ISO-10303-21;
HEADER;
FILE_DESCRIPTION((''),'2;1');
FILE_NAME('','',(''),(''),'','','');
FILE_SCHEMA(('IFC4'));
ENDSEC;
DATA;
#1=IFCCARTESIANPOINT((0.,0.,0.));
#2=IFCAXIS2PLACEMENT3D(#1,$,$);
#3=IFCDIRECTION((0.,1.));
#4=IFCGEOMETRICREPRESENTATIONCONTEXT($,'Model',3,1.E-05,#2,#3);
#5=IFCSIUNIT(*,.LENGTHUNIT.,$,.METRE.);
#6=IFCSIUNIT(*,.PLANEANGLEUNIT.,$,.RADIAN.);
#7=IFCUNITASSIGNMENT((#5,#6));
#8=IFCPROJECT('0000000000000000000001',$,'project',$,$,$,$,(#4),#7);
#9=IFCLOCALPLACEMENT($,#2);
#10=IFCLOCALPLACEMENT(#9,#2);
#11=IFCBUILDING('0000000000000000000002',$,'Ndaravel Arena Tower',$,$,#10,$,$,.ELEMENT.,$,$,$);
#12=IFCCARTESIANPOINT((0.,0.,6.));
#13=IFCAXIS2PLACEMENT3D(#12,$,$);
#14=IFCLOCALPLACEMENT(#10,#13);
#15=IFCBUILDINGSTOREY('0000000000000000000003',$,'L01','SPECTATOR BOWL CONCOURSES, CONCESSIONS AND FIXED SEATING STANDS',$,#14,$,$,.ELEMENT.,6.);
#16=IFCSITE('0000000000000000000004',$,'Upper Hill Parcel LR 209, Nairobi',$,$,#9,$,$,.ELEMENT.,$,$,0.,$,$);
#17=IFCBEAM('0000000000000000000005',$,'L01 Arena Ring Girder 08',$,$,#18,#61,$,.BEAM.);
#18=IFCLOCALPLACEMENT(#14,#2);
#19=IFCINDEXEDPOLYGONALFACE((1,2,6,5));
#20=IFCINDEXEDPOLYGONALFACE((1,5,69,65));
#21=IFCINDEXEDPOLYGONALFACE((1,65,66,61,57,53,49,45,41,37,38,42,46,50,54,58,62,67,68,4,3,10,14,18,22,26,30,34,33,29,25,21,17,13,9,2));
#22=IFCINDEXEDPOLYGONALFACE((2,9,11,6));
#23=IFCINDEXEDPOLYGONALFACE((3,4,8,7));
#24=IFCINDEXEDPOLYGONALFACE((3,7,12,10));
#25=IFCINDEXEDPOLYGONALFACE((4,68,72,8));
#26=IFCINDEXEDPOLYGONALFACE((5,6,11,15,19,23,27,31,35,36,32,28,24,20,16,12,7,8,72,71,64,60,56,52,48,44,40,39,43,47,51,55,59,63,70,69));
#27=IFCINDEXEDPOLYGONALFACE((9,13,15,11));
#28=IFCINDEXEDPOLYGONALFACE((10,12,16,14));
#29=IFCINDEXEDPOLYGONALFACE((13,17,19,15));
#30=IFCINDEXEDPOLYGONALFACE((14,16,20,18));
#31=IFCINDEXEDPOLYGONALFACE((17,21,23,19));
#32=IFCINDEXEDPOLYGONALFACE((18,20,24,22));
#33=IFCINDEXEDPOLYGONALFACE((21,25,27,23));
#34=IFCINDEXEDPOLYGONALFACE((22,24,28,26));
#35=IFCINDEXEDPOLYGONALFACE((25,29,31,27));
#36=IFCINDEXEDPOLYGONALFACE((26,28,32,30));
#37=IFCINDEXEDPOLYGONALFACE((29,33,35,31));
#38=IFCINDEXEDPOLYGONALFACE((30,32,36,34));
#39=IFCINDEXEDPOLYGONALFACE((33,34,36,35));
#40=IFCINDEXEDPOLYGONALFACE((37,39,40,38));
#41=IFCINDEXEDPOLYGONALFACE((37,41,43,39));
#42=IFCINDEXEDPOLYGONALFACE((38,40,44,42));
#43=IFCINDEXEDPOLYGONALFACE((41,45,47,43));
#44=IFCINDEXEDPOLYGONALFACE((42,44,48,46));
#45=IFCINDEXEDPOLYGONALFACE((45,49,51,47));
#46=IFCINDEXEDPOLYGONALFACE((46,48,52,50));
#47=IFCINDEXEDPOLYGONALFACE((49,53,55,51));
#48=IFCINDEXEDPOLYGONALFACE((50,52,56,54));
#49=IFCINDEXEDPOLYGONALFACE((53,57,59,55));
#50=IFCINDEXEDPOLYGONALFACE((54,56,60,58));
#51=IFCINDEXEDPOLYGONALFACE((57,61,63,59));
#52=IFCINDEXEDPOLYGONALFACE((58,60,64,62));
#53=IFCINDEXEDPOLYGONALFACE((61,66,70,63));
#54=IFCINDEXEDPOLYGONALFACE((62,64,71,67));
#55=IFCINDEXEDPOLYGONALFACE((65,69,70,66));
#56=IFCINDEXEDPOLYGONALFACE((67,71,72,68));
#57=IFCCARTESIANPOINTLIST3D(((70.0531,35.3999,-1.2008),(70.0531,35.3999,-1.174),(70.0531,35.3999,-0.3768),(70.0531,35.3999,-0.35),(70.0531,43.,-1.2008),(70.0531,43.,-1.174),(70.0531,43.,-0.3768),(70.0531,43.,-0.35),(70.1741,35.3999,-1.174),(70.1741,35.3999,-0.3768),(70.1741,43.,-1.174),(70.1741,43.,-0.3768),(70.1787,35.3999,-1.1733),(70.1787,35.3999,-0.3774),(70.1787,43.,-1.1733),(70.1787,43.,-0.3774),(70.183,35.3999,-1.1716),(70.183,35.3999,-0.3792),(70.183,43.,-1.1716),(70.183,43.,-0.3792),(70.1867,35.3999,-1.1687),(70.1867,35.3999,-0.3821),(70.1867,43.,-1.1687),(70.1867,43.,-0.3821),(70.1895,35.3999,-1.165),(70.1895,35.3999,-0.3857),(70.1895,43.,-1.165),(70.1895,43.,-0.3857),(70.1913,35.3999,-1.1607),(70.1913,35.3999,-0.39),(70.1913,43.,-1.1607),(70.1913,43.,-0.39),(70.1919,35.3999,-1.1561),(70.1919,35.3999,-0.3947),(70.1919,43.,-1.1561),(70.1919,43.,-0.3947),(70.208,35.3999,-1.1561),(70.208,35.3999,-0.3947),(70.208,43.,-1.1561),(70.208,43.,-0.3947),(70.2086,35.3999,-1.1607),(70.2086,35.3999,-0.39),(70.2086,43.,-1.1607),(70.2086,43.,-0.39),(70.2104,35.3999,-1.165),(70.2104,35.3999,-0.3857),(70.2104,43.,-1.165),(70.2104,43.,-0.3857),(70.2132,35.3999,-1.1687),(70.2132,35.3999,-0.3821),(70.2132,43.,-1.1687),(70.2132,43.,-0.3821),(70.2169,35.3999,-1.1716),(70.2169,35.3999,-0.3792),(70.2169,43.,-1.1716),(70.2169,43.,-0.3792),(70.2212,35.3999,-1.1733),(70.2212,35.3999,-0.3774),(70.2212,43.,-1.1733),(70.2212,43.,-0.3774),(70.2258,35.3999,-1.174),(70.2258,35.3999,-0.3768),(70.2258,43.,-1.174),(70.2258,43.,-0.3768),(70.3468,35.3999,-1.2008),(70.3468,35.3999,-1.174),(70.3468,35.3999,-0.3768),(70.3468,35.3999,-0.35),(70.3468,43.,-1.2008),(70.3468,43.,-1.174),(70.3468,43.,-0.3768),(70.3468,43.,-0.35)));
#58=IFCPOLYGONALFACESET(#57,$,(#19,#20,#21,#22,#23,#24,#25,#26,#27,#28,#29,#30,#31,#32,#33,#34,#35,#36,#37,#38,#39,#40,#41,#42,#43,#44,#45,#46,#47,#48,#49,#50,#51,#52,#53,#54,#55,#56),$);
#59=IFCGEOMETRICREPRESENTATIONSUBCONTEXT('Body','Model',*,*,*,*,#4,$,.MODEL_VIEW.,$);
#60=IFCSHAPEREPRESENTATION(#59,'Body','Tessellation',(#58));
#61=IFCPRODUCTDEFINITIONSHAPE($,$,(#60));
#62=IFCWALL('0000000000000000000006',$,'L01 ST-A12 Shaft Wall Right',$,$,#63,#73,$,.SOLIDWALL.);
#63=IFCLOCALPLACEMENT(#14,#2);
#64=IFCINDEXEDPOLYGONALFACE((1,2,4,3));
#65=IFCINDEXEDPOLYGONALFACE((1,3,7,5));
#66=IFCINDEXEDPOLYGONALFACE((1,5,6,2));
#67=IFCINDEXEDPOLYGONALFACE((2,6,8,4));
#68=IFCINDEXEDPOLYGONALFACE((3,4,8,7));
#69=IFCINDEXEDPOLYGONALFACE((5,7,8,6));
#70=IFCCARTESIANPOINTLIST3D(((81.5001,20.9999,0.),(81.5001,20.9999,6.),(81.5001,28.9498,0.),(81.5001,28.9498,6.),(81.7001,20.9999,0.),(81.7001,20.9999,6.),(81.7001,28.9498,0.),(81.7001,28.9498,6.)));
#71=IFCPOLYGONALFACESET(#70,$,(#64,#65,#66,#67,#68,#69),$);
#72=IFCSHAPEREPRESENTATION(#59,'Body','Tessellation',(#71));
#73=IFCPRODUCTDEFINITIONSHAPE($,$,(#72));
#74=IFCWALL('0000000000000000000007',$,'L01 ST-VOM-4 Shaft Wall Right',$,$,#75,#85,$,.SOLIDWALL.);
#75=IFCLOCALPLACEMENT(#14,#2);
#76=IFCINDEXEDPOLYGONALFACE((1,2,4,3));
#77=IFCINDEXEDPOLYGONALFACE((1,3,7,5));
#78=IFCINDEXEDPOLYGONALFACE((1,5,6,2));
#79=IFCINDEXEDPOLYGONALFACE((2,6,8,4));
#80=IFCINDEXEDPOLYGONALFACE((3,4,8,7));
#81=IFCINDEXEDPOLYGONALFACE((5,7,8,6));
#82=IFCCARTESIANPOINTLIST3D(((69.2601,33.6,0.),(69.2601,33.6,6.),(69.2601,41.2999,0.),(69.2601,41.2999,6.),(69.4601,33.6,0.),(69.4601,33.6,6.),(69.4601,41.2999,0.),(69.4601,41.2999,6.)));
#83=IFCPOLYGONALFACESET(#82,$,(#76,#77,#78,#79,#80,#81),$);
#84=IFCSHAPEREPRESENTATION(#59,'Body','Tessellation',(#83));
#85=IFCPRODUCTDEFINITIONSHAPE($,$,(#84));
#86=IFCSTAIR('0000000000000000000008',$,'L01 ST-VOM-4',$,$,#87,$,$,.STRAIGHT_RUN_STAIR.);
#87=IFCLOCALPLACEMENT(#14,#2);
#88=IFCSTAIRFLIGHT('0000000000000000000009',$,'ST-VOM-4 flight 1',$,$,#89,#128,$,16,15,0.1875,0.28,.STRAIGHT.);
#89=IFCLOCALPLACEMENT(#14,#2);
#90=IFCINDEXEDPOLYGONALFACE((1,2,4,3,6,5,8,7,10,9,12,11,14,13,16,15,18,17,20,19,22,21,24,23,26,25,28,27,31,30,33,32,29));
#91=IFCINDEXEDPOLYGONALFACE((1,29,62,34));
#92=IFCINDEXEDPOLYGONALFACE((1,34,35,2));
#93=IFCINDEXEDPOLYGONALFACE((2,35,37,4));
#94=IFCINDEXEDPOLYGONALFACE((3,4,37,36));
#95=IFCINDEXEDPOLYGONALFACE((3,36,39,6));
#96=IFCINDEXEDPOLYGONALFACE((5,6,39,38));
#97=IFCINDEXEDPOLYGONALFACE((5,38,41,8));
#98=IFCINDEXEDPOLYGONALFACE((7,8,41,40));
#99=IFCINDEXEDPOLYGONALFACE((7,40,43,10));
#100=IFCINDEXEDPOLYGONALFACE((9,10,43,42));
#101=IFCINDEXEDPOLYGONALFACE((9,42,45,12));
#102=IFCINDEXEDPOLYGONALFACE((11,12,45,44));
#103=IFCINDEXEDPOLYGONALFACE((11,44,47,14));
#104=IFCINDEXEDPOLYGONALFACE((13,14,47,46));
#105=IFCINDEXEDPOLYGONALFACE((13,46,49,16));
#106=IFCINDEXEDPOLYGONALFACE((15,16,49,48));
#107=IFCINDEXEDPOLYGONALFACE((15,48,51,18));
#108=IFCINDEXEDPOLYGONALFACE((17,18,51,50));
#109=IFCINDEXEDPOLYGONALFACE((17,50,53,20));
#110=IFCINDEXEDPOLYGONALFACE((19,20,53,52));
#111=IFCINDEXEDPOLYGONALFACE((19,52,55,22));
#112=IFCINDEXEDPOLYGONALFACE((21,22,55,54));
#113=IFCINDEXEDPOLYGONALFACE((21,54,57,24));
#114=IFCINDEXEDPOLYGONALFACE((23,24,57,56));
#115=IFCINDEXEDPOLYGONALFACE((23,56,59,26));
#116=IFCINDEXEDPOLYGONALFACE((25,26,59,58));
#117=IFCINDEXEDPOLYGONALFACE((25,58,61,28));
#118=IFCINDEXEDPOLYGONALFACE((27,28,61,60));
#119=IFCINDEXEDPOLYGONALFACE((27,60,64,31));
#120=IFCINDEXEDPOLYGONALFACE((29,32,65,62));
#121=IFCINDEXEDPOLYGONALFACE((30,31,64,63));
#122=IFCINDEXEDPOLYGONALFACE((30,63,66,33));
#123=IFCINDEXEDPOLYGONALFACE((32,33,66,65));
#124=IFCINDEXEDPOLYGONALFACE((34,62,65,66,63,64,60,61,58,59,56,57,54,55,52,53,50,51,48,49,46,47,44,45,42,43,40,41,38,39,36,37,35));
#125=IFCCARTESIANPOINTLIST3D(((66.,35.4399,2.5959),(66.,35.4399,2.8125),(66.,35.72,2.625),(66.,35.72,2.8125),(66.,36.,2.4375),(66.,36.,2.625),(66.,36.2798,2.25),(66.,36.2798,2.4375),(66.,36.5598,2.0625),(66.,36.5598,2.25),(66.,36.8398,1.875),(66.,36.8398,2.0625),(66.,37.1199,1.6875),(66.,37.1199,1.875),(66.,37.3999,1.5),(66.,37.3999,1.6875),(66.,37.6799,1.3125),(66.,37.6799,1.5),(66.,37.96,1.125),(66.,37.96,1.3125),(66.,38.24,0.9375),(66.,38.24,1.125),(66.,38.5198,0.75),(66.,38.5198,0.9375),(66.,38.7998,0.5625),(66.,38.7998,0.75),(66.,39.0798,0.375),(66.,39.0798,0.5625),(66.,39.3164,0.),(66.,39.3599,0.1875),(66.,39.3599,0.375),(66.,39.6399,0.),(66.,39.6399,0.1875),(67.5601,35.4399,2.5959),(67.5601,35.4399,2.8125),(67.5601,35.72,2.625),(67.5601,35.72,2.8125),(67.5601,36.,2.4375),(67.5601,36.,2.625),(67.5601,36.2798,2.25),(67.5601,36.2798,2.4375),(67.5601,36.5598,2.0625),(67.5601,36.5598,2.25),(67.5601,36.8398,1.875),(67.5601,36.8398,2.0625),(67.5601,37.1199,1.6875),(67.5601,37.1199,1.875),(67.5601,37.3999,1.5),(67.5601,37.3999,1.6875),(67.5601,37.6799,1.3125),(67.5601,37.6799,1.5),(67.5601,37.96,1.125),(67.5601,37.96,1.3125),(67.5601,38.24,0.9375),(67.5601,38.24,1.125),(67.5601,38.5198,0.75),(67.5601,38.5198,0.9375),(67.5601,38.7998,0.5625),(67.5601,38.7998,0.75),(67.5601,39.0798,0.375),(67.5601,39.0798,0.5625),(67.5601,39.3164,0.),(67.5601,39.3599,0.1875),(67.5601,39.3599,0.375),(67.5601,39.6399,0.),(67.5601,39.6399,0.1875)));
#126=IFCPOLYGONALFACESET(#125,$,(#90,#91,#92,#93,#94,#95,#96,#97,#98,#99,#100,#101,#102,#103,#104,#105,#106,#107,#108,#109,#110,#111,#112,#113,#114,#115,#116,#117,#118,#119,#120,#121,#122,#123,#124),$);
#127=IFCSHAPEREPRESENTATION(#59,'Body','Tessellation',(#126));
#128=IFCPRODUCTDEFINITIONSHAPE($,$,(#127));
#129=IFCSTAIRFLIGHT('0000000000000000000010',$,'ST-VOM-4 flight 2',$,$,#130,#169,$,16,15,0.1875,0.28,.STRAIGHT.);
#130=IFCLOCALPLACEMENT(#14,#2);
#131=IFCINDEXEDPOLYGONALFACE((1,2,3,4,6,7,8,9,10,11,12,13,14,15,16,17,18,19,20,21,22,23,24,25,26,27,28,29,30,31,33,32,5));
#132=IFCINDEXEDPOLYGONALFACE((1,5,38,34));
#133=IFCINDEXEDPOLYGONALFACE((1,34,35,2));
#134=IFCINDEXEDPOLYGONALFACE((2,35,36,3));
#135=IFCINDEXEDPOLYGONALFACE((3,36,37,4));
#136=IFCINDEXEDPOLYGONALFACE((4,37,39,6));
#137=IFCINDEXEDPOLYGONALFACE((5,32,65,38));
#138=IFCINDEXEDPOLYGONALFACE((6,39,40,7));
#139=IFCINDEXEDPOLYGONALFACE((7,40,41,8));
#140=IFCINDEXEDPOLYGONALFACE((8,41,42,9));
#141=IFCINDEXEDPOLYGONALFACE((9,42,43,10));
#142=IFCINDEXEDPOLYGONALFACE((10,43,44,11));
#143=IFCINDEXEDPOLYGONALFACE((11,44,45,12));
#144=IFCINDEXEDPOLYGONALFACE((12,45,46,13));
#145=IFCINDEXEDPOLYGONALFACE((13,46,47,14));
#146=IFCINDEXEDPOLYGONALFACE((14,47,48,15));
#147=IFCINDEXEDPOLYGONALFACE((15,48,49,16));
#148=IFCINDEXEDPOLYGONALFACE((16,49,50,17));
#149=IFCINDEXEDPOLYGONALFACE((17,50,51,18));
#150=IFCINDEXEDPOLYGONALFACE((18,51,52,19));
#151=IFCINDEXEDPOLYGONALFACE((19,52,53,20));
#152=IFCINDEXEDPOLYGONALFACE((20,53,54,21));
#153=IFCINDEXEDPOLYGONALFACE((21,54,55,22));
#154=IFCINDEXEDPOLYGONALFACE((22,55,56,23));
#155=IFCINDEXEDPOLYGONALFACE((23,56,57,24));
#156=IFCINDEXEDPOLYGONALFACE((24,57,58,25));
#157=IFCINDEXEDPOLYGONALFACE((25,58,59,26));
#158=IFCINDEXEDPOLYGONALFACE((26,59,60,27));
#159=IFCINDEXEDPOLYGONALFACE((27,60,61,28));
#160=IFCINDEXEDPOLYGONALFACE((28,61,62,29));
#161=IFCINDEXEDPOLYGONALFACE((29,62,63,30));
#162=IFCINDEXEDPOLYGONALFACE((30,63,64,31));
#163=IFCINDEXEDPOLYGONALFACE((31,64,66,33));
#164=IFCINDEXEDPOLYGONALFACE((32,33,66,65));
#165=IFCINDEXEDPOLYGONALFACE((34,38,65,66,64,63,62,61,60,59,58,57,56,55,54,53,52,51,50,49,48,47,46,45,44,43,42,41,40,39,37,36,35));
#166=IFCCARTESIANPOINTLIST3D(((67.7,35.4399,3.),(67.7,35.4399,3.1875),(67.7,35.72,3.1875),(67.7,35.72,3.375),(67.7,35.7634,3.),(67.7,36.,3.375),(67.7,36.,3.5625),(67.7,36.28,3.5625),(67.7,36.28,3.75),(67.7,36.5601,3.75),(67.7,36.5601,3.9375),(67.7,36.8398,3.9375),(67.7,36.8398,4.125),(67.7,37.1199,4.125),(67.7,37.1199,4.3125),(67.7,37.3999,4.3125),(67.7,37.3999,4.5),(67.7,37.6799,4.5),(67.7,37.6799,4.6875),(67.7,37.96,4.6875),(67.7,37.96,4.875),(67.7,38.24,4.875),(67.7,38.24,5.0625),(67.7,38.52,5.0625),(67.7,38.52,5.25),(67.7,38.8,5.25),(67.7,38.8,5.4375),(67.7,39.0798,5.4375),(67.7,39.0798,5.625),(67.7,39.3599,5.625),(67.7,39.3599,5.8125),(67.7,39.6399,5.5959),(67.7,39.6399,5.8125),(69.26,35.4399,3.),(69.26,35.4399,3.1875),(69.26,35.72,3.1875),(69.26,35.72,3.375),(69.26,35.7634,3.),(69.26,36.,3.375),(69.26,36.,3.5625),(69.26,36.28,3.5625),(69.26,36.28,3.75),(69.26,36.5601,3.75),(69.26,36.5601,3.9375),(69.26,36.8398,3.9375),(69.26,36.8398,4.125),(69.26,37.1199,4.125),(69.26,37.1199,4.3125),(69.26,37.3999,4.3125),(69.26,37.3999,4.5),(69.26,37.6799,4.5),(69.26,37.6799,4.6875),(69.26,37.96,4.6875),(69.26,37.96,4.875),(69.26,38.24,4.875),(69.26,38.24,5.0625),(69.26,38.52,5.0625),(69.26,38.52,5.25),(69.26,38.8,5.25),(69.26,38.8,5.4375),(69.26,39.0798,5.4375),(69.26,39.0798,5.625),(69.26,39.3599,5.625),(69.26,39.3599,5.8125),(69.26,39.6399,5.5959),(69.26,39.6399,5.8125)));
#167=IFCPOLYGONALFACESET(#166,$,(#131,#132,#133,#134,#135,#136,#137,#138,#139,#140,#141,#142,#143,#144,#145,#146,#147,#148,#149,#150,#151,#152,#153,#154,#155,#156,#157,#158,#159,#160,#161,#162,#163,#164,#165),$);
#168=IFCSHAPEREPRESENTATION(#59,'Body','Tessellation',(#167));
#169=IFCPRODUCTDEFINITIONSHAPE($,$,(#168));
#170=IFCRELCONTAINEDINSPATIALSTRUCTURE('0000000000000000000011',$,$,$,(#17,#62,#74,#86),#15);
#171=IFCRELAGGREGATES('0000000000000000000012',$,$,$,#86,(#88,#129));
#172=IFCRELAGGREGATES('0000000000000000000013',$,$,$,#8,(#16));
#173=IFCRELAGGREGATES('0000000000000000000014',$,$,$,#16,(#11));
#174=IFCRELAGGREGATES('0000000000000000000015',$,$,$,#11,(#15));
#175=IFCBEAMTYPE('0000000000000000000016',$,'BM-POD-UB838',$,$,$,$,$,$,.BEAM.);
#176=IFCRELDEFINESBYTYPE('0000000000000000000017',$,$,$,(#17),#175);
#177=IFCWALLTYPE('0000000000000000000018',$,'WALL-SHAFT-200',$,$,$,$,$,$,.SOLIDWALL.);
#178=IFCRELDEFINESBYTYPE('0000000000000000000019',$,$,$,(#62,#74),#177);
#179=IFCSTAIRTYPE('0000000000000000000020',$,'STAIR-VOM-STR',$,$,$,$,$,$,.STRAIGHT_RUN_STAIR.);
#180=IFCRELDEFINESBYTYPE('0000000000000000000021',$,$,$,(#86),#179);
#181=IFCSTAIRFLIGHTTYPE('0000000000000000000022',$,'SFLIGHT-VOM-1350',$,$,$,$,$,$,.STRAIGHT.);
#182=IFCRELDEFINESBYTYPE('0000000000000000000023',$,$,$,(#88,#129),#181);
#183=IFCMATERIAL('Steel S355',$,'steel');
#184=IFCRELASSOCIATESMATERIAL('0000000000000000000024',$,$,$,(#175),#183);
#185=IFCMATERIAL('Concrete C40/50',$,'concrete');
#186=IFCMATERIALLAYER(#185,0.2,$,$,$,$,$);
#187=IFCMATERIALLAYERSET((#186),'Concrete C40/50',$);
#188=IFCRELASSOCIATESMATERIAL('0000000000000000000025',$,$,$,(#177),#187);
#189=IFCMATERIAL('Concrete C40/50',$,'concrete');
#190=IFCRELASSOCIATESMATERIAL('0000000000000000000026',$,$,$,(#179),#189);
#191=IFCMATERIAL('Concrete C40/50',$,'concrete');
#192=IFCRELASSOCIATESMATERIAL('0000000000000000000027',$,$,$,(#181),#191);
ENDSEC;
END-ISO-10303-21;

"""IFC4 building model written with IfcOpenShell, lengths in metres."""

from ifc_helpers import new_model, si_unit, direction, frame, frame_2d, origin, origin_2d, place, context, subcontext, project, spatial, polyline, rectangle, i_section, outline, extrude, material, layer, layer_set, material_profile, profile_set, type_object, element, aggregate, save


model = new_model("IFC4")

# Units and contexts
model_context = context("Model", 3, precision=1e-05, world=origin(), true_north=direction((0.0, 1.0)))
body_context = subcontext(model_context, "Body", "Model", "MODEL_VIEW")
ifc_project = project(units=[si_unit("LENGTHUNIT", "METRE"), si_unit("PLANEANGLEUNIT", "RADIAN")], contexts=[model_context])

# Site, building, storey
site_placement = place(None, origin())
site = spatial("IfcSite", under=ifc_project, at=site_placement, Name="Upper Hill Parcel LR 209, Nairobi", CompositionType="ELEMENT", RefElevation=0.0)
building_placement = place(site_placement, origin())
building = spatial("IfcBuilding", under=site, at=building_placement, Name="Ndaravel Arena Tower", CompositionType="ELEMENT")
storey_placement = place(building_placement, frame((0.0, 0.0, 6.0)))
storey = spatial("IfcBuildingStorey", under=building, at=storey_placement, Name="L01", Description="SPECTATOR BOWL CONCOURSES, CONCESSIONS AND FIXED SEATING STANDS", CompositionType="ELEMENT", Elevation=6.0)

# Beam
ifc_material_1 = material(Name="Steel S355", Category="steel")
ifc_material_profile_1 = material_profile(ifc_material_1, i_section(OverallWidth=0.2937, OverallDepth=0.8508, WebThickness=0.0161, FlangeThickness=0.0269, FilletRadius=0.0178, at=origin_2d()), Name="UB 838x292x226")
ifc_profile_set_1 = profile_set([ifc_material_profile_1], Name="Steel S355")
beam_type_1 = type_object("IfcBeamType", Name="BM-POD-UB838", PredefinedType="BEAM", material=ifc_profile_set_1)
beam_1_placement = place(storey_placement, frame((70.2, 35.3999, -0.7754), z_axis=(0.0, 1.0, 0.0), x_axis=(-1.0, 0.0, 0.0)))
element("IfcBeam", 1, at=beam_1_placement, inside=storey, type_object=beam_type_1, Name="L01 Arena Ring Girder 08", PredefinedType="BEAM", context=body_context, shape_type="SweptSolid", body=[
    extrude(i_section(OverallWidth=0.2937, OverallDepth=0.8508, WebThickness=0.0161, FlangeThickness=0.0269, FilletRadius=0.0178, at=origin_2d()), origin(), (0.0, 0.0, 1.0), 7.6001),
])

# Walls
ifc_material_2 = material(Name="Concrete C40/50", Category="concrete")
ifc_layer_1 = layer(ifc_material_2, 0.2)
ifc_layer_set_1 = layer_set([ifc_layer_1], Name="Concrete C40/50")
wall_type_1 = type_object("IfcWallType", Name="WALL-SHAFT-200", PredefinedType="SOLIDWALL", material=ifc_layer_set_1)
wall_1_placement = place(storey_placement, frame((81.6001, 28.95, 0.0), z_axis=(0.0, 0.0, 1.0), x_axis=(0.0, -1.0, 0.0)))
element("IfcWall", 2, at=wall_1_placement, inside=storey, type_object=wall_type_1, Name="L01 ST-A12 Shaft Wall Right", PredefinedType="SOLIDWALL", context=body_context, shape_type="SweptSolid", body=[
    extrude(rectangle(XDim=7.95, YDim=0.2, at=frame_2d((3.9751, 0.0))), origin(), (0.0, 0.0, 1.0), 6.0),
])
wall_2_placement = place(storey_placement, frame((69.3601, 41.3, 0.0), z_axis=(0.0, 0.0, 1.0), x_axis=(0.0, -1.0, 0.0)))
element("IfcWall", 3, at=wall_2_placement, inside=storey, type_object=wall_type_1, Name="L01 ST-VOM-4 Shaft Wall Right", PredefinedType="SOLIDWALL", context=body_context, shape_type="SweptSolid", body=[
    extrude(rectangle(XDim=7.7, YDim=0.2, at=frame_2d((3.8501, 0.0))), origin(), (0.0, 0.0, 1.0), 6.0),
])

# Stair, stair flights
ifc_material_3 = material(Name="Concrete C40/50", Category="concrete")
stair_type = type_object("IfcStairType", Name="STAIR-VOM-STR", PredefinedType="STRAIGHT_RUN_STAIR", material=ifc_material_3)
stair_placement = place(storey_placement, origin())
stair = element("IfcStair", 4, at=stair_placement, inside=storey, type_object=stair_type, Name="L01 ST-VOM-4", PredefinedType="STRAIGHT_RUN_STAIR")
ifc_material_4 = material(Name="Concrete C40/50", Category="concrete")
stair_flight_type = type_object("IfcStairFlightType", Name="SFLIGHT-VOM-1350", PredefinedType="STRAIGHT", material=ifc_material_4)
stair_flight_1_placement = place(storey_placement, frame((66.78, 39.6399, 0.0), z_axis=(0.0, 0.0, 1.0), x_axis=(0.0, -1.0, 0.0)))
stair_flight_1 = element("IfcStairFlight", 5, at=stair_flight_1_placement, type_object=stair_flight_type, Name="ST-VOM-4 flight 1", NumberOfRisers=16, NumberOfTreads=15, PredefinedType="STRAIGHT", RiserHeight=0.1875, TreadLength=0.28, context=body_context, shape_type="SweptSolid", body=[
    extrude(outline(polyline([(0.0, 0.0), (0.0, 0.1875), (0.28, 0.1875), (0.28, 0.375), (0.5601, 0.375), (0.5601, 0.5625), (0.8401, 0.5625), (0.8401, 0.75), (1.1201, 0.75), (1.1201, 0.9375), (1.3999, 0.9375), (1.3999, 1.125), (1.6799, 1.125), (1.6799, 1.3125), (1.96, 1.3125), (1.96, 1.5), (2.24, 1.5), (2.24, 1.6875), (2.52, 1.6875), (2.52, 1.875), (2.8, 1.875), (2.8, 2.0625), (3.0801, 2.0625), (3.0801, 2.25), (3.3601, 2.25), (3.3601, 2.4375), (3.6399, 2.4375), (3.6399, 2.625), (3.9199, 2.625), (3.9199, 2.8125), (4.2, 2.8125), (4.2, 3.0), (4.2, 2.5959), (0.3235, 0.0), (0.0, 0.0)])), frame((0.0, 0.78, 0.0), z_axis=(0.0, -1.0, 0.0), x_axis=(1.0, 0.0, 0.0)), (0.0, 0.0, 1.0), 1.5601),
])
stair_flight_2_placement = place(storey_placement, frame((68.48, 35.4399, 3.0), z_axis=(0.0, 0.0, 1.0), x_axis=(0.0, 1.0, 0.0)))
stair_flight_2 = element("IfcStairFlight", 6, at=stair_flight_2_placement, type_object=stair_flight_type, Name="ST-VOM-4 flight 2", NumberOfRisers=16, NumberOfTreads=15, PredefinedType="STRAIGHT", RiserHeight=0.1875, TreadLength=0.28, context=body_context, shape_type="SweptSolid", body=[
    extrude(outline(polyline([(0.0, 0.0), (0.0, 0.1875), (0.28, 0.1875), (0.28, 0.375), (0.5601, 0.375), (0.5601, 0.5625), (0.8401, 0.5625), (0.8401, 0.75), (1.1201, 0.75), (1.1201, 0.9375), (1.3999, 0.9375), (1.3999, 1.125), (1.6799, 1.125), (1.6799, 1.3125), (1.96, 1.3125), (1.96, 1.5), (2.24, 1.5), (2.24, 1.6875), (2.52, 1.6875), (2.52, 1.875), (2.8, 1.875), (2.8, 2.0625), (3.0801, 2.0625), (3.0801, 2.25), (3.3601, 2.25), (3.3601, 2.4375), (3.6399, 2.4375), (3.6399, 2.625), (3.9199, 2.625), (3.9199, 2.8125), (4.2, 2.8125), (4.2, 3.0), (4.2, 2.5959), (0.3235, 0.0), (0.0, 0.0)])), frame((0.0, 0.78, 0.0), z_axis=(0.0, -1.0, 0.0), x_axis=(1.0, 0.0, 0.0)), (0.0, 0.0, 1.0), 1.5601),
])
aggregate(stair, [stair_flight_1, stair_flight_2])

save(model, "model.ifc")
